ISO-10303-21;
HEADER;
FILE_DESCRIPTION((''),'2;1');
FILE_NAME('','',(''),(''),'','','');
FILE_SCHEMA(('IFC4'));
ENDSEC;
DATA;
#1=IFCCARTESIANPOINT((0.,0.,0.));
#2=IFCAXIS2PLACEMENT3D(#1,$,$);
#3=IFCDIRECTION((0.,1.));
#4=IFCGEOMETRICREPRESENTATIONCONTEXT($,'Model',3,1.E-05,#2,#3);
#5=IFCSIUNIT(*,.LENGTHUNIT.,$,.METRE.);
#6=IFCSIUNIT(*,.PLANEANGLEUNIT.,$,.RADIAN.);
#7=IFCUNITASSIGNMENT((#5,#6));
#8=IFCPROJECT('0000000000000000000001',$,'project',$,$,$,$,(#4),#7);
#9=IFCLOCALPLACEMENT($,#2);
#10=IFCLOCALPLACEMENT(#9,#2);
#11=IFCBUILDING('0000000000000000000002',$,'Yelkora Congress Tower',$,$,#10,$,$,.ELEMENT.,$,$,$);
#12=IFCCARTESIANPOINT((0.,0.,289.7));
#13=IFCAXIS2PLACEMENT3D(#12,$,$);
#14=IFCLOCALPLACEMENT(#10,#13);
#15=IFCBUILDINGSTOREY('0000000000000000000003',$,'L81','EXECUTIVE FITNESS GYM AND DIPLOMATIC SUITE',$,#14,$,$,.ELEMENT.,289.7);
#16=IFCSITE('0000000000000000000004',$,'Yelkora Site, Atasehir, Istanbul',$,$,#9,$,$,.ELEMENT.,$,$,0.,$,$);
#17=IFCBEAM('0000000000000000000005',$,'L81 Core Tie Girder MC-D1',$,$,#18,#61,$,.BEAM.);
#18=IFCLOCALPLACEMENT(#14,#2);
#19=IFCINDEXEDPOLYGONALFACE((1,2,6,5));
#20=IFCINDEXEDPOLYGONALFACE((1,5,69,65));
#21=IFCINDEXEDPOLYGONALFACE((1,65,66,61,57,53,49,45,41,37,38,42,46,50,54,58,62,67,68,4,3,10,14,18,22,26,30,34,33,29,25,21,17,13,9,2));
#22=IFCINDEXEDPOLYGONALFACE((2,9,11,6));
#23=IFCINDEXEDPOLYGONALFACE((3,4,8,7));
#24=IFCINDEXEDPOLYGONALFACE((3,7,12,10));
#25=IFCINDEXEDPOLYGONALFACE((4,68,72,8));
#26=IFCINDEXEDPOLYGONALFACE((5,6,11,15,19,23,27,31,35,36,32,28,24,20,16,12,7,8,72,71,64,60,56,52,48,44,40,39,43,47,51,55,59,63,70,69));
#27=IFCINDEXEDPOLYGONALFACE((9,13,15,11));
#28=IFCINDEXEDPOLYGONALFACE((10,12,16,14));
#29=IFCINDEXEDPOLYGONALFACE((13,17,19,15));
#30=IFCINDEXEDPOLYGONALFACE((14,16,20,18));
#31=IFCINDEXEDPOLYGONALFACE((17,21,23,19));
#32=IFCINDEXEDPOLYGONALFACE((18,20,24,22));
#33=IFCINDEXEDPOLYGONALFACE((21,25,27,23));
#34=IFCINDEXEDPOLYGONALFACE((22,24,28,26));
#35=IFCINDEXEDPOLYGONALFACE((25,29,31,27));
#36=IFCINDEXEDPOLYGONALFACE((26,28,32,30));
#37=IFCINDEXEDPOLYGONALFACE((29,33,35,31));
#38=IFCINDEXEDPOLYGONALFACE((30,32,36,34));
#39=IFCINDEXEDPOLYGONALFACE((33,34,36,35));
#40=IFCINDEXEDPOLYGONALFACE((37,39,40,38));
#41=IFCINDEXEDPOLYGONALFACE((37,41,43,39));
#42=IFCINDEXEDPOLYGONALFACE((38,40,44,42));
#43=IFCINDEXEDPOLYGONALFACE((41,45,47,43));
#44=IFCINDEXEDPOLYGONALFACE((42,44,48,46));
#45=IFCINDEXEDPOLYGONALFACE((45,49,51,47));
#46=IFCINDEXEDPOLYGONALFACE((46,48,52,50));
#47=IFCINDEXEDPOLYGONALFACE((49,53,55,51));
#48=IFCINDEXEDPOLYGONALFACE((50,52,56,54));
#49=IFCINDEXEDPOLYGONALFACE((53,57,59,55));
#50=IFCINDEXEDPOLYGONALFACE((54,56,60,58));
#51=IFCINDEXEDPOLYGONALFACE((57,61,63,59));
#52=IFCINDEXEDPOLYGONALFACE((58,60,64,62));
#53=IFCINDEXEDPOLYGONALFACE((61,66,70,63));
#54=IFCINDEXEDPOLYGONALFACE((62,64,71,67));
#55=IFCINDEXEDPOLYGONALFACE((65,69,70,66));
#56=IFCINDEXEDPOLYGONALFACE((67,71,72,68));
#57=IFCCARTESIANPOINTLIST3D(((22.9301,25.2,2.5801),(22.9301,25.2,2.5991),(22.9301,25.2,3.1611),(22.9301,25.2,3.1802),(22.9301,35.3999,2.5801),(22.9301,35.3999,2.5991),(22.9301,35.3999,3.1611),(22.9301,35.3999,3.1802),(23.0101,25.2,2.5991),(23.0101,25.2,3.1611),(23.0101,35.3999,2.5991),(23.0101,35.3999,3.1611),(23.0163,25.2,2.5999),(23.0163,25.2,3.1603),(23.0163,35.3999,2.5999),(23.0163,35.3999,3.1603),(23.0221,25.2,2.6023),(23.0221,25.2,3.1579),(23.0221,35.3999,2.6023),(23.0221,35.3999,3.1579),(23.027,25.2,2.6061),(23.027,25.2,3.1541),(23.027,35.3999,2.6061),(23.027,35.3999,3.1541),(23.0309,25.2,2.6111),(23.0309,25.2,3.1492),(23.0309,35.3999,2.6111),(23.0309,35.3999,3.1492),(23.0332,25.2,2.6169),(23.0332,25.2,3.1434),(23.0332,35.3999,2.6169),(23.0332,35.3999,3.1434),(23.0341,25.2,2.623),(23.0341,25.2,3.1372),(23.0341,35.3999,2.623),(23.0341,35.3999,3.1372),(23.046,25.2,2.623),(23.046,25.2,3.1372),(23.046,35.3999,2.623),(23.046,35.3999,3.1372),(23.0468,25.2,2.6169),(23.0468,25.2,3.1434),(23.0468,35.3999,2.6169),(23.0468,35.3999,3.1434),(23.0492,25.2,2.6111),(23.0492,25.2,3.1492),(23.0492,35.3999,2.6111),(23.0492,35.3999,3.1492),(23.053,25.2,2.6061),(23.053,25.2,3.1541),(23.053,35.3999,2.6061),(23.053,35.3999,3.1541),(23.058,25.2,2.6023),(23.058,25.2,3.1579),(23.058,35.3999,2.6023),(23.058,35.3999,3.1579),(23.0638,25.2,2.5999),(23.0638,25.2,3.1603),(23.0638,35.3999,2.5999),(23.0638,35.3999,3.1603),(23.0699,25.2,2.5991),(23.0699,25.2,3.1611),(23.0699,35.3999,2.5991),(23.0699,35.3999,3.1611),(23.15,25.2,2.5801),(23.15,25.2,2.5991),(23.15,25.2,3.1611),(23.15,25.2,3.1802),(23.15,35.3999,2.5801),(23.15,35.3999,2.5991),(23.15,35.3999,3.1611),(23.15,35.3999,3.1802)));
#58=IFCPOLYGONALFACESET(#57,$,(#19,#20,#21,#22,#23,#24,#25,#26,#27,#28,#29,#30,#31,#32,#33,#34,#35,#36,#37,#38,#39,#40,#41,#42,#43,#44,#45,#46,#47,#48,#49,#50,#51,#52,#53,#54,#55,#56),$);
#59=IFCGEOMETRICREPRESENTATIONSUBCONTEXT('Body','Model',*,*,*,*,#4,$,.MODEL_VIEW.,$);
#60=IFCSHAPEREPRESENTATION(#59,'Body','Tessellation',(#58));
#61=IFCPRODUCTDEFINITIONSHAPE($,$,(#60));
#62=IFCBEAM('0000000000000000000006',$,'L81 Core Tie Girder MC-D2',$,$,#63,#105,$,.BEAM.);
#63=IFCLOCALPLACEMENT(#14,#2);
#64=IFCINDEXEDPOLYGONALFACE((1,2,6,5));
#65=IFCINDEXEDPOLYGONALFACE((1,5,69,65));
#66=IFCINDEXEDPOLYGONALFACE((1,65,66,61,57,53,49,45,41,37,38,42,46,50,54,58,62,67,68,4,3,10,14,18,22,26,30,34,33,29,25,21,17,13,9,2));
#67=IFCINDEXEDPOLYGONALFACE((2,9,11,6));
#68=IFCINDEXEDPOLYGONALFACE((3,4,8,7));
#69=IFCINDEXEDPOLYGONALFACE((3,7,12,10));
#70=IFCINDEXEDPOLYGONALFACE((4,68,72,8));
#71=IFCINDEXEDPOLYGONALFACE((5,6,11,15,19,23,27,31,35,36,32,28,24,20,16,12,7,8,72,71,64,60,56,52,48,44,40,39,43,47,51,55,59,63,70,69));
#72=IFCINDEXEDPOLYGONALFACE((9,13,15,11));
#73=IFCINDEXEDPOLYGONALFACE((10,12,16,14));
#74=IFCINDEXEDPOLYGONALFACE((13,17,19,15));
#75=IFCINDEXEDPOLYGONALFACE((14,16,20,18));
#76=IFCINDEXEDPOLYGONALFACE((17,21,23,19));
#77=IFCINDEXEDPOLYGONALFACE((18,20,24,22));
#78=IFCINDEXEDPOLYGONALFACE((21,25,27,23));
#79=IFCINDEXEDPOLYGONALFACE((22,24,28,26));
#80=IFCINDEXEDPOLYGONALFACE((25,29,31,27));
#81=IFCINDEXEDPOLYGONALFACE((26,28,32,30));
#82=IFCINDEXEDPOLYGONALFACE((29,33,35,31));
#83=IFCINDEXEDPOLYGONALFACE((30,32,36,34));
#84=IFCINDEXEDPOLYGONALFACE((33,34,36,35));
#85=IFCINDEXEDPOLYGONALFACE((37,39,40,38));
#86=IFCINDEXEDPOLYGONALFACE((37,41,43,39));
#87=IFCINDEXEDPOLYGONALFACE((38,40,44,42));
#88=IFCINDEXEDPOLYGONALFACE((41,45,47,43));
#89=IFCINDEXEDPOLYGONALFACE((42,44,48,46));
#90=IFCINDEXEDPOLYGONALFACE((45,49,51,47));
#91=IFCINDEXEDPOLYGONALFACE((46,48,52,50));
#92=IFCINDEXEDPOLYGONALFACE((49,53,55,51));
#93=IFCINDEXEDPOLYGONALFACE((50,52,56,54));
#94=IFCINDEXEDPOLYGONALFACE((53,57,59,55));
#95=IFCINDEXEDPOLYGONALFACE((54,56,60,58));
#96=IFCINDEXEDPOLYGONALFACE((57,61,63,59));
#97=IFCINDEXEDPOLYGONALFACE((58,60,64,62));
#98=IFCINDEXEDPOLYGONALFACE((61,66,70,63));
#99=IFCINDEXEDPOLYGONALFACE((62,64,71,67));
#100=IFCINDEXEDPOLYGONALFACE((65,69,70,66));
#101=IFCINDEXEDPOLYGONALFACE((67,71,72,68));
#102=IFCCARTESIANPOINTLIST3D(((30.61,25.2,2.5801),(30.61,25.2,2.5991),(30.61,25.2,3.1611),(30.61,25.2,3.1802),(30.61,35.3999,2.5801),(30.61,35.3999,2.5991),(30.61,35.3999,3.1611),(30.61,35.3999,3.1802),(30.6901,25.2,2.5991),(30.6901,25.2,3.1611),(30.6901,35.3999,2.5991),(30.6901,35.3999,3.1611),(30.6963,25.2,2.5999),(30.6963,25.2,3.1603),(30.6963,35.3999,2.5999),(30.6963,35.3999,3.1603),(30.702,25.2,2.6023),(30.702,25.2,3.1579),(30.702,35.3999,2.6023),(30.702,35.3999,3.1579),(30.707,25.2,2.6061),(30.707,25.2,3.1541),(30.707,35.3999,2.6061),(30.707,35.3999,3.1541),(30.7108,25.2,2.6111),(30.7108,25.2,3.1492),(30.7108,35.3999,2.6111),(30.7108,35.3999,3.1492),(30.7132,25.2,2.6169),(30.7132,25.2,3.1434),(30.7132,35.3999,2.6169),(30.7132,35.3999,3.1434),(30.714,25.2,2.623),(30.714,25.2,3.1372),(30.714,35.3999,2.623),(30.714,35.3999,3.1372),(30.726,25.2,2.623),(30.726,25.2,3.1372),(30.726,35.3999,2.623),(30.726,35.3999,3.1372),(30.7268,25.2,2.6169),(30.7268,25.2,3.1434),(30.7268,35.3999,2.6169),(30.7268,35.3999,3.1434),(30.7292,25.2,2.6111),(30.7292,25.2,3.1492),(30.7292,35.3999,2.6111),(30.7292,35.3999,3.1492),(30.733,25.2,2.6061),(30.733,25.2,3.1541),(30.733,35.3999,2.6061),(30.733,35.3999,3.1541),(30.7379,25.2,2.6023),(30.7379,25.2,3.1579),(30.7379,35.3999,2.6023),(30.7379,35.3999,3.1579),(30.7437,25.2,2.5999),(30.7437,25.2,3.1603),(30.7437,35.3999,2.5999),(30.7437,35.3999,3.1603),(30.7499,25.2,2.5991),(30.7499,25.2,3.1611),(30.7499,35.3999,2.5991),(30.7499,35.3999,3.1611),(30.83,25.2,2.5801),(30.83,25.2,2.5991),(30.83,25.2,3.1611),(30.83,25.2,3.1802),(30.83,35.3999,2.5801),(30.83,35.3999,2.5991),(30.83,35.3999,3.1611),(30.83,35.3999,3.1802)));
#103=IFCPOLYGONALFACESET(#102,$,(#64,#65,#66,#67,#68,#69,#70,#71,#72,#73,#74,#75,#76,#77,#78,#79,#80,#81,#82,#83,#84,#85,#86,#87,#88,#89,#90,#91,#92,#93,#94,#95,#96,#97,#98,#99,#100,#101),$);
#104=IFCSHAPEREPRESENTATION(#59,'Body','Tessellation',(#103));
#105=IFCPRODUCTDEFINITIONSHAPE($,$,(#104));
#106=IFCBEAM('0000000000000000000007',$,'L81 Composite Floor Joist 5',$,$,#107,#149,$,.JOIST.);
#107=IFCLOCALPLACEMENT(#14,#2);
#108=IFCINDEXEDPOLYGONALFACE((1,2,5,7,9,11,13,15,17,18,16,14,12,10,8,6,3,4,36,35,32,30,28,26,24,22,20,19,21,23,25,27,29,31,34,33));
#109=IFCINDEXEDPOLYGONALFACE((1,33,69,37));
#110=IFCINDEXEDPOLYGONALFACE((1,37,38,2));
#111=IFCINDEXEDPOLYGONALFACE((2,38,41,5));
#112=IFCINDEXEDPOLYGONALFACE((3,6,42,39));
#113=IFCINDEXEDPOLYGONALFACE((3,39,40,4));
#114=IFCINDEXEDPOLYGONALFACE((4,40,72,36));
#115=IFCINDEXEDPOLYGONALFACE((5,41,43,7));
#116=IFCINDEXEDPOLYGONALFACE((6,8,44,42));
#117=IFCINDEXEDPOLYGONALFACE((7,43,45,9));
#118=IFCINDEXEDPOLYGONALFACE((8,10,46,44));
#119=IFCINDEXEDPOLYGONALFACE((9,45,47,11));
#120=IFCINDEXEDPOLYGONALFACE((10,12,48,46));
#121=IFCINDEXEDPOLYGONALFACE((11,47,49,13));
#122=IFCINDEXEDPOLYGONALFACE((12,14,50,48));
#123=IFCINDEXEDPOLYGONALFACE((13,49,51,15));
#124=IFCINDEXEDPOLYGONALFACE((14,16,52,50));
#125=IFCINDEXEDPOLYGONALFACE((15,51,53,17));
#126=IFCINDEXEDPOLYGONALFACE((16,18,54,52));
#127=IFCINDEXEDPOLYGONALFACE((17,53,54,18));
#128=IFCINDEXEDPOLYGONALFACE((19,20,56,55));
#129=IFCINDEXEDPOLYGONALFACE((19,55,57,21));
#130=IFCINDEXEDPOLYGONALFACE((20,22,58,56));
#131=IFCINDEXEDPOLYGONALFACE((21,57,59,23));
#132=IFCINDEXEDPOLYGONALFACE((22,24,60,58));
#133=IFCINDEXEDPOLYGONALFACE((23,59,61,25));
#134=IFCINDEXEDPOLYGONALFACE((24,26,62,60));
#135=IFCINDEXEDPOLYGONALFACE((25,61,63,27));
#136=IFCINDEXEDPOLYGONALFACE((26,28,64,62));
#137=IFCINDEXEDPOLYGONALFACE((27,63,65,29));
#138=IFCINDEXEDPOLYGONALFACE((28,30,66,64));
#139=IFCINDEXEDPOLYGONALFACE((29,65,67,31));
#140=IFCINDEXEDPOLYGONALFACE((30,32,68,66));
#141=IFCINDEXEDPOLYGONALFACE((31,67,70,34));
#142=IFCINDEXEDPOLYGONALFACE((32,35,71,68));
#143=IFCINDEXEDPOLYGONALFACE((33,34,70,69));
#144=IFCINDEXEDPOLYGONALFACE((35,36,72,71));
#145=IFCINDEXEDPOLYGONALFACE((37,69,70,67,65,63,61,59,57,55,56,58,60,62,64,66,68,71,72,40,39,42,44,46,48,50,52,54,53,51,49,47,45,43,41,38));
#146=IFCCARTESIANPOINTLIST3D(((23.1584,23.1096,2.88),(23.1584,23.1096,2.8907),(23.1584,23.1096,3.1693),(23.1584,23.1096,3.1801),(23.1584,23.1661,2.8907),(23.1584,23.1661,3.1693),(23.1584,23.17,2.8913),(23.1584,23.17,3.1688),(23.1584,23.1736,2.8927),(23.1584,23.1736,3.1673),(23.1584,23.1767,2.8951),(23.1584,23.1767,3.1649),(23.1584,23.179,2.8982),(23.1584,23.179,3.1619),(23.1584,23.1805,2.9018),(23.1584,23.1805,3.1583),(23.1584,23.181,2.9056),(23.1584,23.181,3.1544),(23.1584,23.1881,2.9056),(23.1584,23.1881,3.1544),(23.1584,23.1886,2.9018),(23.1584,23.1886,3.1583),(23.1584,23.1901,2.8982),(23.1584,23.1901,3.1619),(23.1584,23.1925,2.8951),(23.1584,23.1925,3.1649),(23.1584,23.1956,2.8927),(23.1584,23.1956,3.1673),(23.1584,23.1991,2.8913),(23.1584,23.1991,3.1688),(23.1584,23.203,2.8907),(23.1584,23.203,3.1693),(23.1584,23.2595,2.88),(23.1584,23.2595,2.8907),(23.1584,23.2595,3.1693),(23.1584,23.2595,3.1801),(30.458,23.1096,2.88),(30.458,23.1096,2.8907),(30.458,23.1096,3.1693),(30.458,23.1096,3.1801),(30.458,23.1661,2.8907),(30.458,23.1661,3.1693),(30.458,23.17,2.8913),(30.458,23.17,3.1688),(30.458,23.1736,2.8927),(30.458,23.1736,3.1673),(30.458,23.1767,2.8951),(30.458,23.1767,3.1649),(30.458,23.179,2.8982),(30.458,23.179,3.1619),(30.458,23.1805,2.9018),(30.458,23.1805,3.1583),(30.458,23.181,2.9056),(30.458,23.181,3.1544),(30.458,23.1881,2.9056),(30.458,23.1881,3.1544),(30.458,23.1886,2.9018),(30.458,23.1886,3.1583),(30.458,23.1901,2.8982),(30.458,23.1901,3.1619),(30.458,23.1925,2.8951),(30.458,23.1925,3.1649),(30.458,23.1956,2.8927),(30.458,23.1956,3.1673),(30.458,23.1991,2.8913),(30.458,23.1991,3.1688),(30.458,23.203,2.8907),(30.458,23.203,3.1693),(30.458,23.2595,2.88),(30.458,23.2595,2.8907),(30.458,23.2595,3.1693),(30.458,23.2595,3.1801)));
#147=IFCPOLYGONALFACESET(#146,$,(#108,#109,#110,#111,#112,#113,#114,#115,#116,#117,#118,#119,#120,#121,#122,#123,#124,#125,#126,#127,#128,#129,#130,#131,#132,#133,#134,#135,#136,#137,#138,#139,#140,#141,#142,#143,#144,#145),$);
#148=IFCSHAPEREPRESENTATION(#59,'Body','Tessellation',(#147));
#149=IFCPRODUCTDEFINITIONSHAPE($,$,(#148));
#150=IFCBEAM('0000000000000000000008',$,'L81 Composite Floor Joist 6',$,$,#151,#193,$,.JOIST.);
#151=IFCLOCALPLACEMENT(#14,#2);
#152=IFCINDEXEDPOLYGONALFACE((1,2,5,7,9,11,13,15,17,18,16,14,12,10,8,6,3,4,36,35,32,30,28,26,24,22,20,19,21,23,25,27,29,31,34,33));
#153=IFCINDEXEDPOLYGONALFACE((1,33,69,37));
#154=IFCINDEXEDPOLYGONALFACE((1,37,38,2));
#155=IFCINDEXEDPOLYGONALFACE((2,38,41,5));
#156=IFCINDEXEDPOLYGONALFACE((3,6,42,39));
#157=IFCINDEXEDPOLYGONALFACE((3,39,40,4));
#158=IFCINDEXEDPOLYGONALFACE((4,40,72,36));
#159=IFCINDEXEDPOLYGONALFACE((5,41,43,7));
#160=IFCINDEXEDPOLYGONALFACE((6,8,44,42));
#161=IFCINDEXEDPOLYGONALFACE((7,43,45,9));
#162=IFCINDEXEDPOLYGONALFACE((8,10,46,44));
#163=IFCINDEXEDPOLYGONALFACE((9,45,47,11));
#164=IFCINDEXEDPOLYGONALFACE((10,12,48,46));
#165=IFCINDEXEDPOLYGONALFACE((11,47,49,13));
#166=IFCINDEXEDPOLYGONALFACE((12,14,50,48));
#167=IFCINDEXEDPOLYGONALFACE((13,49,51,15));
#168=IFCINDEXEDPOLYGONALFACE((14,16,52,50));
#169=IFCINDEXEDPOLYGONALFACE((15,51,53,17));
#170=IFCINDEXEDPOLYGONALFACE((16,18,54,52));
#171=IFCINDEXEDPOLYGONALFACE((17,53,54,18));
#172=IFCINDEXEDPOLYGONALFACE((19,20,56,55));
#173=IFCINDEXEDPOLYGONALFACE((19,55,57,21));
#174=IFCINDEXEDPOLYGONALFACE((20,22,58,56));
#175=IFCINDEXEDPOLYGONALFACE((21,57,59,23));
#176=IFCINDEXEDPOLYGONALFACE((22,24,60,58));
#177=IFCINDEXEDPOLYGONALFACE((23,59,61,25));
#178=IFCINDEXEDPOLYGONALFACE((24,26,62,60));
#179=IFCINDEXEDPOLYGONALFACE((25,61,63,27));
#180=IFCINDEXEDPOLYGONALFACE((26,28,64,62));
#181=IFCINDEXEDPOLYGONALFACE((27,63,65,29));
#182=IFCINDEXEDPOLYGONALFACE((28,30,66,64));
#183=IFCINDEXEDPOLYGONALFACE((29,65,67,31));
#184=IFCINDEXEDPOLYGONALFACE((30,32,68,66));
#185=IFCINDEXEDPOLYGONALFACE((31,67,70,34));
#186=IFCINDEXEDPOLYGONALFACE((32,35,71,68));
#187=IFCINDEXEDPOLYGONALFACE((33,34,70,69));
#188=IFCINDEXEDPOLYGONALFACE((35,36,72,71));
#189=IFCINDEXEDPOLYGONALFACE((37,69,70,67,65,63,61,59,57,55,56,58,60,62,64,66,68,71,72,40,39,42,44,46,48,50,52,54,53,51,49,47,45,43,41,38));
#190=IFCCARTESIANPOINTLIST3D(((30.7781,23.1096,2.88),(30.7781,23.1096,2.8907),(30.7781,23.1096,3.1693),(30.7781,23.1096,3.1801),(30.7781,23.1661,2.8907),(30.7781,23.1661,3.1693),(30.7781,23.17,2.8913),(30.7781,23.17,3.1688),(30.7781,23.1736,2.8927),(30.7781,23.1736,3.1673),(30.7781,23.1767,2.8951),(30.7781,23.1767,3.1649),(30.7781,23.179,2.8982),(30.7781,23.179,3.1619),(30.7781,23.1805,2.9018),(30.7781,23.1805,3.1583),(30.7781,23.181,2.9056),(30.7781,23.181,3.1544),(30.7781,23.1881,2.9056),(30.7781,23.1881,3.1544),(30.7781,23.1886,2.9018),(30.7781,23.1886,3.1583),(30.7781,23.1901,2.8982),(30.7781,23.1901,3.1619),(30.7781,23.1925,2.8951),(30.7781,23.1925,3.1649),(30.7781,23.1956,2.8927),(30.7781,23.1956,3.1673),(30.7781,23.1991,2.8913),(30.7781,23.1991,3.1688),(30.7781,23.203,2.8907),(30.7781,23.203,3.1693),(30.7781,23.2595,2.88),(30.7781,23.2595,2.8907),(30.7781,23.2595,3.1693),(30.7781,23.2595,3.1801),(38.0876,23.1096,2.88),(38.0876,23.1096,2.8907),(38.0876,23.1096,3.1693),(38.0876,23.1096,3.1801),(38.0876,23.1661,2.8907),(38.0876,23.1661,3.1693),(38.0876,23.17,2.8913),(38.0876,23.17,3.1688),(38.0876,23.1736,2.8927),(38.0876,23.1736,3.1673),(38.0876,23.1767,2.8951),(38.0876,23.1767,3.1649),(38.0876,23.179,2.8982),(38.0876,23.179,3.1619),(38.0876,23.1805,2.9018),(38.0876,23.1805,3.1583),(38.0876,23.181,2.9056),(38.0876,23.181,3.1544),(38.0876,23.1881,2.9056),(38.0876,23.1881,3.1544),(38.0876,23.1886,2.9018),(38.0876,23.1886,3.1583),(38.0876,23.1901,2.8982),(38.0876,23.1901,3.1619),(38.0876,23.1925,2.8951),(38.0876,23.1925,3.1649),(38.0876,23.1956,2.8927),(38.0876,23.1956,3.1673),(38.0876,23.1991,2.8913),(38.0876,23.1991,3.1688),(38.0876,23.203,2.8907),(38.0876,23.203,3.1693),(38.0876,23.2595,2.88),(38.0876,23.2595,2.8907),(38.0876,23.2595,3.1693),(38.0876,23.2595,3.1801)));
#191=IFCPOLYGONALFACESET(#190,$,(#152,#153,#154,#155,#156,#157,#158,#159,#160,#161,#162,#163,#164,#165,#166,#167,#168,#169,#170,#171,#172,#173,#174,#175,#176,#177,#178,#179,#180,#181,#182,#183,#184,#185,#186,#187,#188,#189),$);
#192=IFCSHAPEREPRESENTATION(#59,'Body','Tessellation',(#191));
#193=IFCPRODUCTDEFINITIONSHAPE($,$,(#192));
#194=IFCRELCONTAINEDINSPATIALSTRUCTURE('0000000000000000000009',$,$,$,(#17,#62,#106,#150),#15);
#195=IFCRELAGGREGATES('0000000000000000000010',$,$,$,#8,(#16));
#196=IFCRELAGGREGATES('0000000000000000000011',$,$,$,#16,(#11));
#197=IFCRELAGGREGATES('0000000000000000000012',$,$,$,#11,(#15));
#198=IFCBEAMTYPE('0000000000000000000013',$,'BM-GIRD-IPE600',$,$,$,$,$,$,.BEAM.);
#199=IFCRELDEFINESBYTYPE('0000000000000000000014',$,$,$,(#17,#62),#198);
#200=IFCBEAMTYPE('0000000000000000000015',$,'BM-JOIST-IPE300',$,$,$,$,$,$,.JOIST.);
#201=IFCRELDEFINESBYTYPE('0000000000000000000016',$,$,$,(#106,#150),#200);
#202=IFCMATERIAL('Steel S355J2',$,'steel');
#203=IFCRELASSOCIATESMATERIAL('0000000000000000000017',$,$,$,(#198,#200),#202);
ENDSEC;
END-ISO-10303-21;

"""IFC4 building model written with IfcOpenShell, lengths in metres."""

from ifc_helpers import new_model, si_unit, direction, frame, origin, origin_2d, place, context, subcontext, project, spatial, i_section, extrude, material, material_profile, profile_set, type_object, element, save


model = new_model("IFC4")

# Units and contexts
model_context = context("Model", 3, precision=1e-05, world=origin(), true_north=direction((0.0, 1.0)))
body_context = subcontext(model_context, "Body", "Model", "MODEL_VIEW")
ifc_project = project(units=[si_unit("LENGTHUNIT", "METRE"), si_unit("PLANEANGLEUNIT", "RADIAN")], contexts=[model_context])

# Site, building, storey
site_placement = place(None, origin())
site = spatial("IfcSite", under=ifc_project, at=site_placement, Name="Yelkora Site, Atasehir, Istanbul", CompositionType="ELEMENT", RefElevation=0.0)
building_placement = place(site_placement, origin())
building = spatial("IfcBuilding", under=site, at=building_placement, Name="Yelkora Congress Tower", CompositionType="ELEMENT")
storey_placement = place(building_placement, frame((0.0, 0.0, 289.7)))
storey = spatial("IfcBuildingStorey", under=building, at=storey_placement, Name="L81", Description="EXECUTIVE FITNESS GYM AND DIPLOMATIC SUITE", CompositionType="ELEMENT", Elevation=289.7)

# Beams
ifc_material_1 = material(Name="Steel S355J2", Category="steel")
ifc_material_profile_1 = material_profile(ifc_material_1, i_section(OverallWidth=0.22, OverallDepth=0.6001, WebThickness=0.012, FlangeThickness=0.019, FilletRadius=0.0239, at=origin_2d()), Name="IPE 600")
ifc_profile_set_1 = profile_set([ifc_material_profile_1], Name="Steel S355J2")
beam_type_1 = type_object("IfcBeamType", Name="BM-GIRD-IPE600", PredefinedType="BEAM", material=ifc_profile_set_1)
for number, where, z_axis, x_axis, name in (
    (1, (23.04, 25.2, 2.8801), (0.0, 1.0, 0.0), (-1.0, 0.0, 0.0), "L81 Core Tie Girder MC-D1"),
    (2, (30.72, 25.2, 2.8801), (0.0, 1.0, 0.0), (-1.0, 0.0, 0.0), "L81 Core Tie Girder MC-D2"),
):
    element("IfcBeam", number, at=place(storey_placement, frame(where, z_axis=z_axis, x_axis=x_axis)), inside=storey, type_object=beam_type_1, Name=name, PredefinedType="BEAM", context=body_context, shape_type="SweptSolid", body=[
        extrude(i_section(OverallWidth=0.22, OverallDepth=0.6001, WebThickness=0.012, FlangeThickness=0.019, FilletRadius=0.0239, at=origin_2d()), origin(), (0.0, 0.0, 1.0), 10.2),
    ])
ifc_material_profile_2 = material_profile(ifc_material_1, i_section(OverallWidth=0.1499, OverallDepth=0.3, WebThickness=0.0071, FlangeThickness=0.0107, FilletRadius=0.0149, at=origin_2d()), Name="IPE 300")
ifc_profile_set_2 = profile_set([ifc_material_profile_2], Name="Steel S355J2")
beam_type_2 = type_object("IfcBeamType", Name="BM-JOIST-IPE300", PredefinedType="JOIST", material=ifc_profile_set_2)
beam_1_placement = place(storey_placement, frame((23.1584, 23.1846, 3.03), z_axis=(1.0, 0.0, 0.0), x_axis=(0.0, 1.0, 0.0)))
element("IfcBeam", 3, at=beam_1_placement, inside=storey, type_object=beam_type_2, Name="L81 Composite Floor Joist 5", PredefinedType="JOIST", context=body_context, shape_type="SweptSolid", body=[
    extrude(i_section(OverallWidth=0.1499, OverallDepth=0.3, WebThickness=0.0071, FlangeThickness=0.0107, FilletRadius=0.0149, at=origin_2d()), origin(), (0.0, 0.0, 1.0), 7.2996),
])
beam_2_placement = place(storey_placement, frame((30.7781, 23.1846, 3.03), z_axis=(1.0, 0.0, 0.0), x_axis=(0.0, 1.0, 0.0)))
element("IfcBeam", 4, at=beam_2_placement, inside=storey, type_object=beam_type_2, Name="L81 Composite Floor Joist 6", PredefinedType="JOIST", context=body_context, shape_type="SweptSolid", body=[
    extrude(i_section(OverallWidth=0.1499, OverallDepth=0.3, WebThickness=0.0071, FlangeThickness=0.0107, FilletRadius=0.0149, at=origin_2d()), origin(), (0.0, 0.0, 1.0), 7.3096),
])

save(model, "model.ifc")
